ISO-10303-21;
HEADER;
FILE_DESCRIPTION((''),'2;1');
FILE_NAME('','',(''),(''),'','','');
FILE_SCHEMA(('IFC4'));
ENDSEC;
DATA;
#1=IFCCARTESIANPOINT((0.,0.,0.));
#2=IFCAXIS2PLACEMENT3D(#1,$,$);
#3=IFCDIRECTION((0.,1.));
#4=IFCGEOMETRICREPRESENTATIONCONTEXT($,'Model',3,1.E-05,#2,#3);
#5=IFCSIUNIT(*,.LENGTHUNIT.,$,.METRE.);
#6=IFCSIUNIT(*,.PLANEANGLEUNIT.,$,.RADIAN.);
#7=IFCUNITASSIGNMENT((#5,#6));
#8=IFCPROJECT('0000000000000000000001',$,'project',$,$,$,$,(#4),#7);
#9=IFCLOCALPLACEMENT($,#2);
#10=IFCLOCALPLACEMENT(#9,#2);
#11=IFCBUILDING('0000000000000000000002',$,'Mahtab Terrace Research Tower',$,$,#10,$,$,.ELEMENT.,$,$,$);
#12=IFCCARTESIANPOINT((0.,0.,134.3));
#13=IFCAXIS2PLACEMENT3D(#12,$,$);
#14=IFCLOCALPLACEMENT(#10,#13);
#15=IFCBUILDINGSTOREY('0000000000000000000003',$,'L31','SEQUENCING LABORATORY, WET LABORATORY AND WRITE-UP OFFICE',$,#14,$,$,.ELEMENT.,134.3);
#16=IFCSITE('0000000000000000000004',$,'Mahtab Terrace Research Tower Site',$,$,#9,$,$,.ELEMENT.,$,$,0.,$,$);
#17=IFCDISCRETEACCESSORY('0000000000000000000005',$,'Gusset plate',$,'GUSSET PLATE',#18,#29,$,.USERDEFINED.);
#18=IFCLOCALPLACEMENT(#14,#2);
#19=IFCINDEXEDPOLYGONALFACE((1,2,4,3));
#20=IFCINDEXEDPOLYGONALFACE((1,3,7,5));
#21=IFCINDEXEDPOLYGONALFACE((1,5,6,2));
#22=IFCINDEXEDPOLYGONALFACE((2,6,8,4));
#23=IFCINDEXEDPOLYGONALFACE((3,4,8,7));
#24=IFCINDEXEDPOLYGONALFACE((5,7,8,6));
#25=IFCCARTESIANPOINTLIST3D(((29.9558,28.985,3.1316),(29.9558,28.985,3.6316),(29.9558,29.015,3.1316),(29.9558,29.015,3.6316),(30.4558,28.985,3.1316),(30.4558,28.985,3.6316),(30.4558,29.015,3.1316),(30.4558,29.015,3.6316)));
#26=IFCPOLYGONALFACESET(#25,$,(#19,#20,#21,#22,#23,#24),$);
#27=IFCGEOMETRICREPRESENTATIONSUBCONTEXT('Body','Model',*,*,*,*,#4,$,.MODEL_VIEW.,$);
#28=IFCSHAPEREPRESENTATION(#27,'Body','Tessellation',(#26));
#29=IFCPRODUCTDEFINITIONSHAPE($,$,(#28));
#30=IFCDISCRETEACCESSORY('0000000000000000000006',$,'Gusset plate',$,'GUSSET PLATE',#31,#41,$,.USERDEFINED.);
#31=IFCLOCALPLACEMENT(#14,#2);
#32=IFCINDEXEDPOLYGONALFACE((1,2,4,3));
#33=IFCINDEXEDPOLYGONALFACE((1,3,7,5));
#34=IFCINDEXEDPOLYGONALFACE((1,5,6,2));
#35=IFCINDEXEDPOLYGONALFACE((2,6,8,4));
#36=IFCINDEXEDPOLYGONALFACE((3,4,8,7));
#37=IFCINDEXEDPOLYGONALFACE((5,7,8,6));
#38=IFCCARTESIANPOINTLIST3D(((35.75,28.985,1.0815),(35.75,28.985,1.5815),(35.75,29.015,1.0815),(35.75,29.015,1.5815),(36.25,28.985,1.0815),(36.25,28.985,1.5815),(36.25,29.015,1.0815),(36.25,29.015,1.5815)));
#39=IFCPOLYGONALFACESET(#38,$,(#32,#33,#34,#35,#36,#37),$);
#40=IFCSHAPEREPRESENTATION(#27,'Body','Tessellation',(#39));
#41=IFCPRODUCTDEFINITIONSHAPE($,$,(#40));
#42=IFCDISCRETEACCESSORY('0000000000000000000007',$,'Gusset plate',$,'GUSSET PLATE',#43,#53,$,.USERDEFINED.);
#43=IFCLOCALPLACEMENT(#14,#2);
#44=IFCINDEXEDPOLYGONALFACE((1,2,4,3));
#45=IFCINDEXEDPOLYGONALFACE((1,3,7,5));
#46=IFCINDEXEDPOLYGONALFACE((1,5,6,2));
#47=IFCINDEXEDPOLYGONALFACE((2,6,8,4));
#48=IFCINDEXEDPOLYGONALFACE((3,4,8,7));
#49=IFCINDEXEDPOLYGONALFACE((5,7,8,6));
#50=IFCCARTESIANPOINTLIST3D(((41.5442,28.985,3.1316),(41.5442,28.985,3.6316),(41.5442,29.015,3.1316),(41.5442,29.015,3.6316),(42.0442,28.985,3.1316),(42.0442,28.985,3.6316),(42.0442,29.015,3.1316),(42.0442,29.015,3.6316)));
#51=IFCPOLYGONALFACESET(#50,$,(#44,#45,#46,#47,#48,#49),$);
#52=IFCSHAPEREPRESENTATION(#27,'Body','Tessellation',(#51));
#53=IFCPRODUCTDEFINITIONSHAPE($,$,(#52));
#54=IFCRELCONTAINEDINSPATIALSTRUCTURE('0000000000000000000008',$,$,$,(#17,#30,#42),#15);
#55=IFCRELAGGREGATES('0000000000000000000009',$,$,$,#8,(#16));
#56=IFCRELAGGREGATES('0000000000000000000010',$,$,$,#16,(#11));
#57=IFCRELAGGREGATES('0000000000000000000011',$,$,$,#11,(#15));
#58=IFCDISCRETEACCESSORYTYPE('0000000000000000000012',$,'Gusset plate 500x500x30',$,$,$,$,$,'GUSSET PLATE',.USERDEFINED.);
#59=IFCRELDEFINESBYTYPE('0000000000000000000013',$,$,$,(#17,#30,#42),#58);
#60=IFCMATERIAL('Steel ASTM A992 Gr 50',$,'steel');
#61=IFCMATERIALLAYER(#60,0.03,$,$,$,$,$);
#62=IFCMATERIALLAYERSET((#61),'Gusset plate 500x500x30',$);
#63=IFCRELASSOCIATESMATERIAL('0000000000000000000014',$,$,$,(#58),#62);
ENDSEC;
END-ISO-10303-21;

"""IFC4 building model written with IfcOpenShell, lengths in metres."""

from ifc_helpers import new_model, si_unit, direction, frame, origin, origin_2d, place, context, subcontext, project, spatial, rectangle, extrude, material, layer, layer_set, type_object, element, save


model = new_model("IFC4")

# Units and contexts
model_context = context("Model", 3, precision=1e-05, world=origin(), true_north=direction((0.0, 1.0)))
body_context = subcontext(model_context, "Body", "Model", "MODEL_VIEW")
ifc_project = project(units=[si_unit("LENGTHUNIT", "METRE"), si_unit("PLANEANGLEUNIT", "RADIAN")], contexts=[model_context])

# Site, building, storey
site_placement = place(None, origin())
site = spatial("IfcSite", under=ifc_project, at=site_placement, Name="Mahtab Terrace Research Tower Site", CompositionType="ELEMENT", RefElevation=0.0)
building_placement = place(site_placement, origin())
building = spatial("IfcBuilding", under=site, at=building_placement, Name="Mahtab Terrace Research Tower", CompositionType="ELEMENT")
storey_placement = place(building_placement, frame((0.0, 0.0, 134.3)))
storey = spatial("IfcBuildingStorey", under=building, at=storey_placement, Name="L31", Description="SEQUENCING LABORATORY, WET LABORATORY AND WRITE-UP OFFICE", CompositionType="ELEMENT", Elevation=134.3)

# Shared definitions
ifc_material_1 = material(Name="Steel ASTM A992 Gr 50", Category="steel")

# Discrete accessories
ifc_layer_1 = layer(ifc_material_1, 0.03)
ifc_layer_set_1 = layer_set([ifc_layer_1], Name="Gusset plate 500x500x30")
discrete_accessory_type = type_object("IfcDiscreteAccessoryType", Name="Gusset plate 500x500x30", ElementType="GUSSET PLATE", PredefinedType="USERDEFINED", material=ifc_layer_set_1)
for number, where, z_axis, x_axis, name in (
    (1, (30.2058, 29.0, 3.1316), (0.0, 0.0, 1.0), (1.0, 0.0, 0.0), "Gusset plate"),
    (2, (36.0, 29.0, 1.0815), (0.0, 0.0, 1.0), (1.0, 0.0, 0.0), "Gusset plate"),
    (3, (41.7942, 29.0, 3.1316), (0.0, 0.0, 1.0), (1.0, 0.0, 0.0), "Gusset plate"),
):
    element("IfcDiscreteAccessory", number, at=place(storey_placement, frame(where, z_axis=z_axis, x_axis=x_axis)), inside=storey, type_object=discrete_accessory_type, Name=name, ObjectType="GUSSET PLATE", PredefinedType="USERDEFINED", context=body_context, shape_type="SweptSolid", body=[
        extrude(rectangle(XDim=0.5, YDim=0.03, at=origin_2d()), origin(), (0.0, 0.0, 1.0), 0.5),
    ])

save(model, "model.ifc")
